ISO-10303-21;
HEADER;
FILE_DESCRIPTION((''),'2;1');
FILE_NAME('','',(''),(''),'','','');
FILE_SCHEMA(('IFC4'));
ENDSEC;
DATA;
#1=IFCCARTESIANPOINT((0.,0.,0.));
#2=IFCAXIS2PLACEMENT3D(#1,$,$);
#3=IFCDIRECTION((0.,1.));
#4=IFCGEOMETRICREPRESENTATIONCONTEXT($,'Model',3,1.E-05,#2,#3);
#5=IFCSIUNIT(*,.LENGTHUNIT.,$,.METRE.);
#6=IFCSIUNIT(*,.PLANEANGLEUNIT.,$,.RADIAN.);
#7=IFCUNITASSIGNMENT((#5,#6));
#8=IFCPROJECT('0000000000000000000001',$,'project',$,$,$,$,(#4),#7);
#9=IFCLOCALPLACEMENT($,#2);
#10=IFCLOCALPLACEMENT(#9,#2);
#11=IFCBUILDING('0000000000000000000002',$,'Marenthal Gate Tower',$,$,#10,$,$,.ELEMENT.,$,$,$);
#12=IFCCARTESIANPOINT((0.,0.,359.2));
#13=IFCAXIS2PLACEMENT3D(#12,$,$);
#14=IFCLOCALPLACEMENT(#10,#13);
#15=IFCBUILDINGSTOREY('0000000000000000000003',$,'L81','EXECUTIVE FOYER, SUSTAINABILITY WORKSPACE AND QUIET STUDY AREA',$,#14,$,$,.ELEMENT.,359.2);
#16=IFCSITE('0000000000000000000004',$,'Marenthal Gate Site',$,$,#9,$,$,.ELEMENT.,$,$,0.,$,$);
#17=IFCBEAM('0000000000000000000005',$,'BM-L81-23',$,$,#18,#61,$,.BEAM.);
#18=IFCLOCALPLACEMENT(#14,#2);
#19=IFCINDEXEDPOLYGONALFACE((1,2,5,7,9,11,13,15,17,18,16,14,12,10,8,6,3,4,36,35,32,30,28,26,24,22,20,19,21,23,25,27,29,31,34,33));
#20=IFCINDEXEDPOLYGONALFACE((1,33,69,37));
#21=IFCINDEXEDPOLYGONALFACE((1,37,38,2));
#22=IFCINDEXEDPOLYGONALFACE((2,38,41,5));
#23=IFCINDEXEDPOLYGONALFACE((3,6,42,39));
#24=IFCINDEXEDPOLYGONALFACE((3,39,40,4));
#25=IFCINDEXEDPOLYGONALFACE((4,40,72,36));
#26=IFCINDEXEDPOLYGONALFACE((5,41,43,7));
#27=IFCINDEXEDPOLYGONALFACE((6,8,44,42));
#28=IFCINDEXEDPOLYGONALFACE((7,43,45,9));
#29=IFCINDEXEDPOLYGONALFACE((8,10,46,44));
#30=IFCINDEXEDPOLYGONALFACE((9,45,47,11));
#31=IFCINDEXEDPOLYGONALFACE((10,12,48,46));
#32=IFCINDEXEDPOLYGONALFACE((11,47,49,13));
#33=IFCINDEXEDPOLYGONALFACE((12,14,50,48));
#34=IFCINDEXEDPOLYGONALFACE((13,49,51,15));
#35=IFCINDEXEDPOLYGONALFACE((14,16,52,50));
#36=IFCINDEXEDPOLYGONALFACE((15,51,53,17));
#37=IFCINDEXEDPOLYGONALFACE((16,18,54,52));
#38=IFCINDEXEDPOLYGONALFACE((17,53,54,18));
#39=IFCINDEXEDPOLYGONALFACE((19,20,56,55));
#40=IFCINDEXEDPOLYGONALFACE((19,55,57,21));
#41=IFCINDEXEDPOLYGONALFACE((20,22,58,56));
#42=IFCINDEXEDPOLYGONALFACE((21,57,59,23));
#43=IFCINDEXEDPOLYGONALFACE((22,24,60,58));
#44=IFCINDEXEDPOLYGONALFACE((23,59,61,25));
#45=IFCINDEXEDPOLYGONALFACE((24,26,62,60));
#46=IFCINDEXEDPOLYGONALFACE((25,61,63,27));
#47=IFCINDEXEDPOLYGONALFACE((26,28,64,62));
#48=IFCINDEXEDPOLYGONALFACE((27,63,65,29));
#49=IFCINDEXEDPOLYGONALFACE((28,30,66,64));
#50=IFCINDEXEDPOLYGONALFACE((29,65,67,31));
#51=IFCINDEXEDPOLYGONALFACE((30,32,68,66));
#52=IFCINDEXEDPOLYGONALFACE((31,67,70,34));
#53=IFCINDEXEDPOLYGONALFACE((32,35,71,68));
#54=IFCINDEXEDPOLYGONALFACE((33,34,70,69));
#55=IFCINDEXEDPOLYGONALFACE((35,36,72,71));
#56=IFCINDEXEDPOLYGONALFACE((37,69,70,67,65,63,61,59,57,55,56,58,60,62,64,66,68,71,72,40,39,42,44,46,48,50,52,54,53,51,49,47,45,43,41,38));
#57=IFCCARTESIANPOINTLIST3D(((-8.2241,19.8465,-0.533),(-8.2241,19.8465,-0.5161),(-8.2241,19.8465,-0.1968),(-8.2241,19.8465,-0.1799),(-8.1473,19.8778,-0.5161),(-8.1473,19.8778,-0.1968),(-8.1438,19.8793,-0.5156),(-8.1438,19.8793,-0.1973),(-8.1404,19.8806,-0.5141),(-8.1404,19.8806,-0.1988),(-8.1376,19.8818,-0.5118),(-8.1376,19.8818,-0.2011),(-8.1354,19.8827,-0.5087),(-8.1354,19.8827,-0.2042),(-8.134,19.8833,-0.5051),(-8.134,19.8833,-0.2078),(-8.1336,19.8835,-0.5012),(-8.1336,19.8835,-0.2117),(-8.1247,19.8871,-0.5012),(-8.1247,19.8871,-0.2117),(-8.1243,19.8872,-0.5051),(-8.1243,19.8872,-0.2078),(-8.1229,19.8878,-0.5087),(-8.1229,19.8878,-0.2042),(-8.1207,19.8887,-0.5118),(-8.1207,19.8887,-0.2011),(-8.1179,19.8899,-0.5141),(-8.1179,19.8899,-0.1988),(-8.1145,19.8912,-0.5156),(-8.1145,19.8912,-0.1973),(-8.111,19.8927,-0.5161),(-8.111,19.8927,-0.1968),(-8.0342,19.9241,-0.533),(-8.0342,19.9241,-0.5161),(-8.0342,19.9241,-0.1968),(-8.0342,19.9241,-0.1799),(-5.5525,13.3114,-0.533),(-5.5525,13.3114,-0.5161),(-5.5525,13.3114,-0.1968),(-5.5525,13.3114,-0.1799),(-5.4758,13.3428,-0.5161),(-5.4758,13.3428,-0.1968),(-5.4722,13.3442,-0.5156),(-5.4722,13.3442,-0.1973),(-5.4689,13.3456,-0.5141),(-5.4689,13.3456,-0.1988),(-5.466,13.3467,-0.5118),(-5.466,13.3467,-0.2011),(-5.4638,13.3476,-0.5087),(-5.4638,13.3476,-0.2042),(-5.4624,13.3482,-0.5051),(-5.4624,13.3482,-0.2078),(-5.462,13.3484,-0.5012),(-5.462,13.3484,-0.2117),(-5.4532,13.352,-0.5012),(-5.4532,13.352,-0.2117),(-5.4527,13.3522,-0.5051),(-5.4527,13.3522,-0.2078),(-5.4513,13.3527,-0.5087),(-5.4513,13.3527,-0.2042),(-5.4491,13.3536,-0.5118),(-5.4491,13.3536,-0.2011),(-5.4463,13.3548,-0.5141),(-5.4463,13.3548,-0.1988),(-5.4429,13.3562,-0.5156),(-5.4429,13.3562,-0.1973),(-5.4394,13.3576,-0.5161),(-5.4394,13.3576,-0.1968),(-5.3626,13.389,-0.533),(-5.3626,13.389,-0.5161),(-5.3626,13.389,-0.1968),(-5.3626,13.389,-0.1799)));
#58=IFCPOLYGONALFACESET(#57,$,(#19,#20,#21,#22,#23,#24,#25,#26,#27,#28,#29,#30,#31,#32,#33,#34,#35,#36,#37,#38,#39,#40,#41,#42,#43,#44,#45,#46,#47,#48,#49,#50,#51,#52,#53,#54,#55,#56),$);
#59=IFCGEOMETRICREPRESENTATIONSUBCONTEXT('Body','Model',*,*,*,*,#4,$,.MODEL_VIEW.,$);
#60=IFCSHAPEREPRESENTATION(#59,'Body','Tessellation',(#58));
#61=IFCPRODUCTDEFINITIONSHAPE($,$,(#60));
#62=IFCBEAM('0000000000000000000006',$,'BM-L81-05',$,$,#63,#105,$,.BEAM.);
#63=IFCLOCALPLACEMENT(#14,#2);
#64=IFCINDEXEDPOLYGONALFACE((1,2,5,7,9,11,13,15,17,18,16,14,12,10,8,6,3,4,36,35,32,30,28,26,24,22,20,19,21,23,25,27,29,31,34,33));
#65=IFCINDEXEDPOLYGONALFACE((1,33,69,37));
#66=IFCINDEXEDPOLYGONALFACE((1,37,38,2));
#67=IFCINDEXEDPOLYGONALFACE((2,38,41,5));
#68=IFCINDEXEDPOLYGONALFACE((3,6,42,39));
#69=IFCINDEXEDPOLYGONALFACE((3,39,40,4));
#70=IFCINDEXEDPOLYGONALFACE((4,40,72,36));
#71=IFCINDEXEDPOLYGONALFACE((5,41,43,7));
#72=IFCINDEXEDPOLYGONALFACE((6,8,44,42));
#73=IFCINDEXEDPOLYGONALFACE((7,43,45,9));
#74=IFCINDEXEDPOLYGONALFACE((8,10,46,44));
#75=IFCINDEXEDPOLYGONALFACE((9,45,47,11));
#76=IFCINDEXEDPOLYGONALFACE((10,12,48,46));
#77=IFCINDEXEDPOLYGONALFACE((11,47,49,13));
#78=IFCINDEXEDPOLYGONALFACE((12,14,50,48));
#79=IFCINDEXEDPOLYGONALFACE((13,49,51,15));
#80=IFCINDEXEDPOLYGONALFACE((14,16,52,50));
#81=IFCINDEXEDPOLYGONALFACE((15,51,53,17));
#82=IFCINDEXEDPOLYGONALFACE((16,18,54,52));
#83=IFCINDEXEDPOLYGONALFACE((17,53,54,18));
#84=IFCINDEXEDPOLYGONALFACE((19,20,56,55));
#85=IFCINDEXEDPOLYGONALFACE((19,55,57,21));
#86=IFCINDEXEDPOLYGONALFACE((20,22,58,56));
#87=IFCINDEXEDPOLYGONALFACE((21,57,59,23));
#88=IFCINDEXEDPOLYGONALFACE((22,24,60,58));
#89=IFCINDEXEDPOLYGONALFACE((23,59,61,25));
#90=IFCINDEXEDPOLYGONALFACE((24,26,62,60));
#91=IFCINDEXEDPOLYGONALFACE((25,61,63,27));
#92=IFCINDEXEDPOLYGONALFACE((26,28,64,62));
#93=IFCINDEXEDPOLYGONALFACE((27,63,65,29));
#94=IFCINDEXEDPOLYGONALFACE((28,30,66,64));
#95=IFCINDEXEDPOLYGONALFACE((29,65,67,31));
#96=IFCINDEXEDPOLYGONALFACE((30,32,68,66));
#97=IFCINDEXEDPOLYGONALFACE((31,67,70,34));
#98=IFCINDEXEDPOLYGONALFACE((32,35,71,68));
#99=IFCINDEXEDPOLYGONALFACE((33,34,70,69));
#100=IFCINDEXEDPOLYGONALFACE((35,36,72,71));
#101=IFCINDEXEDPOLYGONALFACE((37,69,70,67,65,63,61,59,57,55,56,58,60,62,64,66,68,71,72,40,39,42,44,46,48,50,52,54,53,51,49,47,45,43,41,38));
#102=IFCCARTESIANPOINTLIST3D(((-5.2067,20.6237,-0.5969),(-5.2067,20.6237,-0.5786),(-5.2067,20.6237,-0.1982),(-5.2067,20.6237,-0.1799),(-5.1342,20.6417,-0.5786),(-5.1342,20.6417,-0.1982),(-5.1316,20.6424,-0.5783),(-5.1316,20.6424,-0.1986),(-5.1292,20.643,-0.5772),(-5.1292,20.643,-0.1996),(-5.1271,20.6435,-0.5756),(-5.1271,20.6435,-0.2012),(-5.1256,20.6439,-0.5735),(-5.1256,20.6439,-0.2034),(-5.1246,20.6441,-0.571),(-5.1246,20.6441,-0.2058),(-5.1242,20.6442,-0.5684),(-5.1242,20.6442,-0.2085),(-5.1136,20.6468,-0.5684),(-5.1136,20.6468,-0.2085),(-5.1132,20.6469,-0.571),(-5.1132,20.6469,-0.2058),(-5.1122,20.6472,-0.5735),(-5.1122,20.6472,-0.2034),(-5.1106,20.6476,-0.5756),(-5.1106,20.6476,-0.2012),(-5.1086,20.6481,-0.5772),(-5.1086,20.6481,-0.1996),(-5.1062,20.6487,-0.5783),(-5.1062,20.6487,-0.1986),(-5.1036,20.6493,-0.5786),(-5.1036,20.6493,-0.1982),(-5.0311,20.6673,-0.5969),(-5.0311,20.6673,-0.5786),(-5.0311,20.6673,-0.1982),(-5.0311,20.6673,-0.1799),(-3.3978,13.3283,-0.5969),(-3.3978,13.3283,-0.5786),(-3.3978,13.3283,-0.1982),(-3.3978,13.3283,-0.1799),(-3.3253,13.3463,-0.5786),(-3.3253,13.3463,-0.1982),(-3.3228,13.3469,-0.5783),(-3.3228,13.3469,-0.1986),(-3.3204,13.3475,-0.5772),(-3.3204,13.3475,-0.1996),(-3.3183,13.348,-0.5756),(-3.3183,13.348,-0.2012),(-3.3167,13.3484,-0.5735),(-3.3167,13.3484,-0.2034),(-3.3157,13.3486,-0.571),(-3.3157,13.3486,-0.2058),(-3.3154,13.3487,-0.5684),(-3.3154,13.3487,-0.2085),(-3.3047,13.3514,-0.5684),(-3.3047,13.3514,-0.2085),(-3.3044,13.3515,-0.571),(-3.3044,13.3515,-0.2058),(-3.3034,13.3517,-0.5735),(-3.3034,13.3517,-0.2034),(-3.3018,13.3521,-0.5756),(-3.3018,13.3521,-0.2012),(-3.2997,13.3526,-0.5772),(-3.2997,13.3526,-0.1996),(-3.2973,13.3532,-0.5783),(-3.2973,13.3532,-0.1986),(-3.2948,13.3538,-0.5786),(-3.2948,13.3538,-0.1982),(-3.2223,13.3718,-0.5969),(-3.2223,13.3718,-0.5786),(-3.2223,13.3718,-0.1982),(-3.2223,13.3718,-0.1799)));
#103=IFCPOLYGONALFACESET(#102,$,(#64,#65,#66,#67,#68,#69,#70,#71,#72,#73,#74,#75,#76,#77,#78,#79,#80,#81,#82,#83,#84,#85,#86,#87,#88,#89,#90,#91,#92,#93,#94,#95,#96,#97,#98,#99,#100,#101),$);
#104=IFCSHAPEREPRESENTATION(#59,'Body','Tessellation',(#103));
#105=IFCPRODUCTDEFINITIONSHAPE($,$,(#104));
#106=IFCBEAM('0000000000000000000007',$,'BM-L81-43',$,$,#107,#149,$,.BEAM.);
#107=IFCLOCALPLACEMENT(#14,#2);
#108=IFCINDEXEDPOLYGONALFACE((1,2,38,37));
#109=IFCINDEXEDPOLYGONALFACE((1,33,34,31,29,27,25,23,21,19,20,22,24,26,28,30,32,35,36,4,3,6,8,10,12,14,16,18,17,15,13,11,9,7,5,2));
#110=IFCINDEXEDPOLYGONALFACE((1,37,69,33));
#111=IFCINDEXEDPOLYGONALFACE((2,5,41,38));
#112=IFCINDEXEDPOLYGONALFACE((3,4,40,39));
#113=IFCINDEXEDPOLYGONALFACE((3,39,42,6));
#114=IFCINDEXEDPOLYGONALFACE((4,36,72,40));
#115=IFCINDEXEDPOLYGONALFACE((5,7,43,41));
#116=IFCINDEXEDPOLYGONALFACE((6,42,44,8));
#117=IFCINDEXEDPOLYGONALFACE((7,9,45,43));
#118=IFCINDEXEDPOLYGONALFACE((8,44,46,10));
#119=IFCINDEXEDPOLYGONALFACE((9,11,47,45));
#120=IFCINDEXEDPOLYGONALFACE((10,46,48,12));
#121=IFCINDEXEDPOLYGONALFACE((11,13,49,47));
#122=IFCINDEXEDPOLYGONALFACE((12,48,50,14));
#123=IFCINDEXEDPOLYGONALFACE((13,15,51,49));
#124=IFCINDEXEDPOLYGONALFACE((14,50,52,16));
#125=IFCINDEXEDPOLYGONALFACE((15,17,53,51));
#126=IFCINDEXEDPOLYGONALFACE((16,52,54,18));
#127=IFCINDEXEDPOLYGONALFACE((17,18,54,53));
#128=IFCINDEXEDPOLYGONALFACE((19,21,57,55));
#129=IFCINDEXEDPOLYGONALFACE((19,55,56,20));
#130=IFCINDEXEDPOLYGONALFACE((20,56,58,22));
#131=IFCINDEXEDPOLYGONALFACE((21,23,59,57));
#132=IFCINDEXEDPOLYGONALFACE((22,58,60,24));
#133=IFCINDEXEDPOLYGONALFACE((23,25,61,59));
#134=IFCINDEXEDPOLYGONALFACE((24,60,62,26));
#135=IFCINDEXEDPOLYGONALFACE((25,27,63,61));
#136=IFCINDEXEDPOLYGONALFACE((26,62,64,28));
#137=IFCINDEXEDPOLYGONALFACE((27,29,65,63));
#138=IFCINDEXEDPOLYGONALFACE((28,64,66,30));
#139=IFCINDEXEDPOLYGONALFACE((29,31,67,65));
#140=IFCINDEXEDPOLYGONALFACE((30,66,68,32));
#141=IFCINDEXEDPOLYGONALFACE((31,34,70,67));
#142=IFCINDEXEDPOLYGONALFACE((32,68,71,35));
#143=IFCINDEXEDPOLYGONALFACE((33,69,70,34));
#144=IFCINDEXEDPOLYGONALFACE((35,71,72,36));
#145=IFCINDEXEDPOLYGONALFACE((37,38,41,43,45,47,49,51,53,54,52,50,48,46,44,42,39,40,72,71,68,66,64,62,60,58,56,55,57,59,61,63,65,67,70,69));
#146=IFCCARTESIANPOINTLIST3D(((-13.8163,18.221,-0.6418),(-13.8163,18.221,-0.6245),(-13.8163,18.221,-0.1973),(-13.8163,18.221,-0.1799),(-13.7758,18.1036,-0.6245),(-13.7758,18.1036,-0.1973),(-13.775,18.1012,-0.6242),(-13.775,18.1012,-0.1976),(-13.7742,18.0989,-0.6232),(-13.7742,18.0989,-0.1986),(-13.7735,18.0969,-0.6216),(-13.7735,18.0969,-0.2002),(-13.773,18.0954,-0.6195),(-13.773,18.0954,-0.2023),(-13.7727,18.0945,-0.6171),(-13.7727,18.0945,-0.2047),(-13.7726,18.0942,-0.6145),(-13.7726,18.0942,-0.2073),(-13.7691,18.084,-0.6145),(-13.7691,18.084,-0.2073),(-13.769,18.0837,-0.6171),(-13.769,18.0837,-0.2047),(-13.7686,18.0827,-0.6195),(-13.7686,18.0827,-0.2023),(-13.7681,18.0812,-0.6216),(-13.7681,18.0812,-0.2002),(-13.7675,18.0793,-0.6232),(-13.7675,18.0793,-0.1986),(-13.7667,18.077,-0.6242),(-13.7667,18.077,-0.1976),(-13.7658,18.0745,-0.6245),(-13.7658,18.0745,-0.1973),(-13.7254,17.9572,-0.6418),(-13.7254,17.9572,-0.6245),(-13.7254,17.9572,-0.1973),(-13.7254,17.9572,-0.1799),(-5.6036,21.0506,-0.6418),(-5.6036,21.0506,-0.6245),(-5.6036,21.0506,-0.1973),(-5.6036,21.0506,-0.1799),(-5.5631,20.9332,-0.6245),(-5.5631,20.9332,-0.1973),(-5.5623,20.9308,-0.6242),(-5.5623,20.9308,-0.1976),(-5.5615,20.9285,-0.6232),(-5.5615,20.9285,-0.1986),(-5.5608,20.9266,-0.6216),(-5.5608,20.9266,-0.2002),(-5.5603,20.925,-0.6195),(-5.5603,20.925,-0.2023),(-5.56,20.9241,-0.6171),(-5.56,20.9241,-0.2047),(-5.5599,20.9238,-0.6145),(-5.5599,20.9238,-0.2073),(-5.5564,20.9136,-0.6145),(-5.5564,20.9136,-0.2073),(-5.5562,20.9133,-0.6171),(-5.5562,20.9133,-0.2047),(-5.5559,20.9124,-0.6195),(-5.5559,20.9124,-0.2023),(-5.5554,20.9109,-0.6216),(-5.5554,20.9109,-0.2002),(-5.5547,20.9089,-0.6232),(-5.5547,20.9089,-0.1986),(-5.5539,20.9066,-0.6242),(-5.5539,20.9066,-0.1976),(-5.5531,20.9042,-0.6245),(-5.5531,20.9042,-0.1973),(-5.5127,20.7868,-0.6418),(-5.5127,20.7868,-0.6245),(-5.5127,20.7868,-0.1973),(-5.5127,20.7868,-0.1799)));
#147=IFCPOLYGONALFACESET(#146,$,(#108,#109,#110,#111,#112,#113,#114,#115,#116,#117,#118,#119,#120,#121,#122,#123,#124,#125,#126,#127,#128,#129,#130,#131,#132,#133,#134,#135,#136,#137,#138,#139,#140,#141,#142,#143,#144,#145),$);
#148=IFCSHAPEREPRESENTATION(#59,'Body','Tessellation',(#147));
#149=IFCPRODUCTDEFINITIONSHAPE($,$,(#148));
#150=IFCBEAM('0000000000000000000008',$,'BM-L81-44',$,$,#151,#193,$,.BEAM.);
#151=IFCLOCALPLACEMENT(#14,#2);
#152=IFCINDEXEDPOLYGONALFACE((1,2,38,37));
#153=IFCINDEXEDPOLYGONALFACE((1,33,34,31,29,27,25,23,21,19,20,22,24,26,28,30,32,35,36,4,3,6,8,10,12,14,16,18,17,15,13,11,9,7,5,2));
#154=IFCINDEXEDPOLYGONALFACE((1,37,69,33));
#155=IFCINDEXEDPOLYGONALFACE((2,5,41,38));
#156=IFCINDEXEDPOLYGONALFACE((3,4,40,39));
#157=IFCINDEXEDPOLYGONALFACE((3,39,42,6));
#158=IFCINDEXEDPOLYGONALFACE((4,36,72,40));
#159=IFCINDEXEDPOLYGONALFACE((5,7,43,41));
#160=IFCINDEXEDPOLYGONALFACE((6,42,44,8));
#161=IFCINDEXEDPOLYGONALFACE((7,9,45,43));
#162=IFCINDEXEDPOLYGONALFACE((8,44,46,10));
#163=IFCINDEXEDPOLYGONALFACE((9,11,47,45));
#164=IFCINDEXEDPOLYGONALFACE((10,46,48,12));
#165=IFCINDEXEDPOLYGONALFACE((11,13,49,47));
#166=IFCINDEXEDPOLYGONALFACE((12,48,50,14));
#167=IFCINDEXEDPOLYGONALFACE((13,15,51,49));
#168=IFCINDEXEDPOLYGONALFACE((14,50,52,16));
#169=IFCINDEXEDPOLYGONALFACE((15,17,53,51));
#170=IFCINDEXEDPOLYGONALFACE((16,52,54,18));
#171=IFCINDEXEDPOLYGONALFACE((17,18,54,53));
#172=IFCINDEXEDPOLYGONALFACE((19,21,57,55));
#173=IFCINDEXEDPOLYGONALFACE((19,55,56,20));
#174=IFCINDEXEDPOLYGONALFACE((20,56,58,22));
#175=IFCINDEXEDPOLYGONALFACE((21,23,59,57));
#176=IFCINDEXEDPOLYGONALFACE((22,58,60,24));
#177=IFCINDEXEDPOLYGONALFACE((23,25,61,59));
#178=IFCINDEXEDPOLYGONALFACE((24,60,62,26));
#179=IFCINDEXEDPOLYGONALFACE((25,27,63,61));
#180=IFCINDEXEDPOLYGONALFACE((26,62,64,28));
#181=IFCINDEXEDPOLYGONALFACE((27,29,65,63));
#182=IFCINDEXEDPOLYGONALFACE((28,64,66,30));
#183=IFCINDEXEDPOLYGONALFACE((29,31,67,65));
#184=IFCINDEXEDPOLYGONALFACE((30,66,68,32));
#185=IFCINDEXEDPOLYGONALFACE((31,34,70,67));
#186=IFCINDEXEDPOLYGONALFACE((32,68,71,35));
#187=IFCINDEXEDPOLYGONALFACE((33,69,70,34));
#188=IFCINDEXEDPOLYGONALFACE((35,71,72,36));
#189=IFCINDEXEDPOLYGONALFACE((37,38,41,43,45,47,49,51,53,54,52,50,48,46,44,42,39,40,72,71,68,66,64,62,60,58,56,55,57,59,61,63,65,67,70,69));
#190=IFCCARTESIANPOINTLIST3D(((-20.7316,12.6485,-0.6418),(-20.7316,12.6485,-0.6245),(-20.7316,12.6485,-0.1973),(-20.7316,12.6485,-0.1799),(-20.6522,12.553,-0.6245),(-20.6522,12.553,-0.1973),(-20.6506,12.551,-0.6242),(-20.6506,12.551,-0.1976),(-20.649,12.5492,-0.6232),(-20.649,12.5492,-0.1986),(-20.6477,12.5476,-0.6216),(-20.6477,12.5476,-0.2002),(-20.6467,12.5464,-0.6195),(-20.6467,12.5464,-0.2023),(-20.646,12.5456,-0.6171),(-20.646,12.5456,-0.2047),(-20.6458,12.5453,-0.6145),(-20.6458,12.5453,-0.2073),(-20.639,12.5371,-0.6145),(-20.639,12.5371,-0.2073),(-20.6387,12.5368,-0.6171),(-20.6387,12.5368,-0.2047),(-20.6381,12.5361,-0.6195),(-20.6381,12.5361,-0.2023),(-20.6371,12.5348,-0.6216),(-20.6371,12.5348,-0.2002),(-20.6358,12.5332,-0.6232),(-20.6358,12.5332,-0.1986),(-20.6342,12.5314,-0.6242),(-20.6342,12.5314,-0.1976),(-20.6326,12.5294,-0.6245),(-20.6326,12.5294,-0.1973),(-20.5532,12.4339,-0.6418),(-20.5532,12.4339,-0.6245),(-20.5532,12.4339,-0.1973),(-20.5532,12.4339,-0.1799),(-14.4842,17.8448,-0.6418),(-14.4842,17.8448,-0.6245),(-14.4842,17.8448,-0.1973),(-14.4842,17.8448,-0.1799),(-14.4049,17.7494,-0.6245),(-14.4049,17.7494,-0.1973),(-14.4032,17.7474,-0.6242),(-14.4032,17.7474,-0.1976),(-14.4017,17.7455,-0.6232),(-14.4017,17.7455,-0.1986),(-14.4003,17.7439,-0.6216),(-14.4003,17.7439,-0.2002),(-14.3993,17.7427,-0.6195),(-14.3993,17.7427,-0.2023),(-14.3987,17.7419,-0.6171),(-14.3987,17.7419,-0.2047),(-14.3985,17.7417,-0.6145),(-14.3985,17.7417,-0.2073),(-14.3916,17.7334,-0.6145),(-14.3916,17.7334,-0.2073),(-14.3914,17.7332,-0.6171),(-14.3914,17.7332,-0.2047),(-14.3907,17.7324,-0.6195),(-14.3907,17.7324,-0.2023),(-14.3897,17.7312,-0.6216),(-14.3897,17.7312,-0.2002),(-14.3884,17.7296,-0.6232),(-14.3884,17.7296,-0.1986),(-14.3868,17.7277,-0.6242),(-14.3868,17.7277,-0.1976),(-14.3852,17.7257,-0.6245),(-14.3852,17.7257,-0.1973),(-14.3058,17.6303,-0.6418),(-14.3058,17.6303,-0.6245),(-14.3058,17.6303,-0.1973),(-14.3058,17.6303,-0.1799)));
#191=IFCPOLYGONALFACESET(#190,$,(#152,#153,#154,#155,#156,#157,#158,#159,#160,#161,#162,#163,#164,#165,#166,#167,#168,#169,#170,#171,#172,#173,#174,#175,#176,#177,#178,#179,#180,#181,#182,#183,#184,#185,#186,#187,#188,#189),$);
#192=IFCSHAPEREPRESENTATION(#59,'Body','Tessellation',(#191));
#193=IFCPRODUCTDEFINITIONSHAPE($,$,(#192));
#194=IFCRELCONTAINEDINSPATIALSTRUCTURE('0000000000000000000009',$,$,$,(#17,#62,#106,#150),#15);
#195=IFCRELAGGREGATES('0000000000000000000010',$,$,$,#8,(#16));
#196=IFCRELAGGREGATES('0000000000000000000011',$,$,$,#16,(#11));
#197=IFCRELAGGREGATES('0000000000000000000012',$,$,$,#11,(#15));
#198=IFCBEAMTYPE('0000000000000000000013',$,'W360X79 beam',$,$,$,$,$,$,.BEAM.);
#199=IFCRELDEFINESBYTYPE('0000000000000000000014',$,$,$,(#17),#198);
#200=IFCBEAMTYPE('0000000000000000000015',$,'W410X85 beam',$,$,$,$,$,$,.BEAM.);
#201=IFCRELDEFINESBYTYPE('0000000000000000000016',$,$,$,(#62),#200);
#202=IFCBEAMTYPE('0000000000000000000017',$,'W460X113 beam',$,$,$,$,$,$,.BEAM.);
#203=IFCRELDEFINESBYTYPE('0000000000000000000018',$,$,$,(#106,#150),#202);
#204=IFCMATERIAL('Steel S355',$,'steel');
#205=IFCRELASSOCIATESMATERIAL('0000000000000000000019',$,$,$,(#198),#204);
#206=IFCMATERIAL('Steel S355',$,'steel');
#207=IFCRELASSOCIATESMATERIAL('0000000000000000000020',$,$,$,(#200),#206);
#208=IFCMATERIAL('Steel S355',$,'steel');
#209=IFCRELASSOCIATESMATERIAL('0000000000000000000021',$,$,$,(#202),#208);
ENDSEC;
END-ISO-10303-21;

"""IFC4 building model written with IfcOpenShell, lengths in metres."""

from ifc_helpers import new_model, si_unit, direction, frame, origin, origin_2d, place, context, subcontext, project, spatial, i_section, extrude, material, material_profile, profile_set, type_object, element, save


model = new_model("IFC4")

# Units and contexts
model_context = context("Model", 3, precision=1e-05, world=origin(), true_north=direction((0.0, 1.0)))
body_context = subcontext(model_context, "Body", "Model", "MODEL_VIEW")
ifc_project = project(units=[si_unit("LENGTHUNIT", "METRE"), si_unit("PLANEANGLEUNIT", "RADIAN")], contexts=[model_context])

# Site, building, storey
site_placement = place(None, origin())
site = spatial("IfcSite", under=ifc_project, at=site_placement, Name="Marenthal Gate Site", CompositionType="ELEMENT", RefElevation=0.0)
building_placement = place(site_placement, origin())
building = spatial("IfcBuilding", under=site, at=building_placement, Name="Marenthal Gate Tower", CompositionType="ELEMENT")
storey_placement = place(building_placement, frame((0.0, 0.0, 359.2)))
storey = spatial("IfcBuildingStorey", under=building, at=storey_placement, Name="L81", Description="EXECUTIVE FOYER, SUSTAINABILITY WORKSPACE AND QUIET STUDY AREA", CompositionType="ELEMENT", Elevation=359.2)

# Beams
ifc_material_1 = material(Name="Steel S355", Category="steel")
ifc_material_profile_1 = material_profile(ifc_material_1, i_section(OverallWidth=0.2051, OverallDepth=0.353, WebThickness=0.0095, FlangeThickness=0.0168, FilletRadius=0.0149, at=origin_2d()), Name="W360X79")
ifc_profile_set_1 = profile_set([ifc_material_profile_1], Name="Steel S355")
beam_type_1 = type_object("IfcBeamType", Name="W360X79 beam", PredefinedType="BEAM", material=ifc_profile_set_1)
beam_1_placement = place(storey_placement, frame((-8.1292, 19.8853, -0.3564), z_axis=(0.378409, -0.925638, 0.0), x_axis=(0.925638, 0.378409, 0.0)))
element("IfcBeam", 1, at=beam_1_placement, inside=storey, type_object=beam_type_1, Name="BM-L81-23", PredefinedType="BEAM", context=body_context, shape_type="SweptSolid", body=[
    extrude(i_section(OverallWidth=0.2051, OverallDepth=0.353, WebThickness=0.0095, FlangeThickness=0.0168, FilletRadius=0.0149, at=origin_2d()), origin(), (0.0, 0.0, 1.0), 7.0601),
])
ifc_material_2 = material(Name="Steel S355", Category="steel")
ifc_material_profile_2 = material_profile(ifc_material_2, i_section(OverallWidth=0.1809, OverallDepth=0.417, WebThickness=0.011, FlangeThickness=0.0183, FilletRadius=0.0103, at=origin_2d()), Name="W410X85")
ifc_profile_set_2 = profile_set([ifc_material_profile_2], Name="Steel S355")
beam_type_2 = type_object("IfcBeamType", Name="W410X85 beam", PredefinedType="BEAM", material=ifc_profile_set_2)
beam_2_placement = place(storey_placement, frame((-5.1189, 20.6455, -0.3884), z_axis=(0.240655, -0.970611, 0.0), x_axis=(0.970611, 0.240655, 0.0)))
element("IfcBeam", 2, at=beam_2_placement, inside=storey, type_object=beam_type_2, Name="BM-L81-05", PredefinedType="BEAM", context=body_context, shape_type="SweptSolid", body=[
    extrude(i_section(OverallWidth=0.1809, OverallDepth=0.417, WebThickness=0.011, FlangeThickness=0.0183, FilletRadius=0.0103, at=origin_2d()), origin(), (0.0, 0.0, 1.0), 7.5164),
])
ifc_material_3 = material(Name="Steel S355", Category="steel")
ifc_material_profile_3 = material_profile(ifc_material_3, i_section(OverallWidth=0.2791, OverallDepth=0.4619, WebThickness=0.0107, FlangeThickness=0.0173, FilletRadius=0.01, at=origin_2d()), Name="W460X113")
ifc_profile_set_3 = profile_set([ifc_material_profile_3], Name="Steel S355")
beam_type_3 = type_object("IfcBeamType", Name="W460X113 beam", PredefinedType="BEAM", material=ifc_profile_set_3)
beam_3_placement = place(storey_placement, frame((-5.5581, 20.9187, -0.4109), z_axis=(-0.945457, -0.325748, 0.0), x_axis=(0.325748, -0.945457, 0.0)))
element("IfcBeam", 3, at=beam_3_placement, inside=storey, type_object=beam_type_3, Name="BM-L81-43", PredefinedType="BEAM", context=body_context, shape_type="SweptSolid", body=[
    extrude(i_section(OverallWidth=0.2791, OverallDepth=0.4619, WebThickness=0.0107, FlangeThickness=0.0173, FilletRadius=0.01, at=origin_2d()), origin(), (0.0, 0.0, 1.0), 8.6865),
])
beam_4_placement = place(storey_placement, frame((-14.395, 17.7375, -0.4109), z_axis=(-0.768814, -0.639472, 0.0), x_axis=(0.639472, -0.768814, 0.0)))
element("IfcBeam", 4, at=beam_4_placement, inside=storey, type_object=beam_type_3, Name="BM-L81-44", PredefinedType="BEAM", context=body_context, shape_type="SweptSolid", body=[
    extrude(i_section(OverallWidth=0.2791, OverallDepth=0.4619, WebThickness=0.0107, FlangeThickness=0.0173, FilletRadius=0.01, at=origin_2d()), origin(), (0.0, 0.0, 1.0), 8.126),
])

save(model, "model.ifc")
